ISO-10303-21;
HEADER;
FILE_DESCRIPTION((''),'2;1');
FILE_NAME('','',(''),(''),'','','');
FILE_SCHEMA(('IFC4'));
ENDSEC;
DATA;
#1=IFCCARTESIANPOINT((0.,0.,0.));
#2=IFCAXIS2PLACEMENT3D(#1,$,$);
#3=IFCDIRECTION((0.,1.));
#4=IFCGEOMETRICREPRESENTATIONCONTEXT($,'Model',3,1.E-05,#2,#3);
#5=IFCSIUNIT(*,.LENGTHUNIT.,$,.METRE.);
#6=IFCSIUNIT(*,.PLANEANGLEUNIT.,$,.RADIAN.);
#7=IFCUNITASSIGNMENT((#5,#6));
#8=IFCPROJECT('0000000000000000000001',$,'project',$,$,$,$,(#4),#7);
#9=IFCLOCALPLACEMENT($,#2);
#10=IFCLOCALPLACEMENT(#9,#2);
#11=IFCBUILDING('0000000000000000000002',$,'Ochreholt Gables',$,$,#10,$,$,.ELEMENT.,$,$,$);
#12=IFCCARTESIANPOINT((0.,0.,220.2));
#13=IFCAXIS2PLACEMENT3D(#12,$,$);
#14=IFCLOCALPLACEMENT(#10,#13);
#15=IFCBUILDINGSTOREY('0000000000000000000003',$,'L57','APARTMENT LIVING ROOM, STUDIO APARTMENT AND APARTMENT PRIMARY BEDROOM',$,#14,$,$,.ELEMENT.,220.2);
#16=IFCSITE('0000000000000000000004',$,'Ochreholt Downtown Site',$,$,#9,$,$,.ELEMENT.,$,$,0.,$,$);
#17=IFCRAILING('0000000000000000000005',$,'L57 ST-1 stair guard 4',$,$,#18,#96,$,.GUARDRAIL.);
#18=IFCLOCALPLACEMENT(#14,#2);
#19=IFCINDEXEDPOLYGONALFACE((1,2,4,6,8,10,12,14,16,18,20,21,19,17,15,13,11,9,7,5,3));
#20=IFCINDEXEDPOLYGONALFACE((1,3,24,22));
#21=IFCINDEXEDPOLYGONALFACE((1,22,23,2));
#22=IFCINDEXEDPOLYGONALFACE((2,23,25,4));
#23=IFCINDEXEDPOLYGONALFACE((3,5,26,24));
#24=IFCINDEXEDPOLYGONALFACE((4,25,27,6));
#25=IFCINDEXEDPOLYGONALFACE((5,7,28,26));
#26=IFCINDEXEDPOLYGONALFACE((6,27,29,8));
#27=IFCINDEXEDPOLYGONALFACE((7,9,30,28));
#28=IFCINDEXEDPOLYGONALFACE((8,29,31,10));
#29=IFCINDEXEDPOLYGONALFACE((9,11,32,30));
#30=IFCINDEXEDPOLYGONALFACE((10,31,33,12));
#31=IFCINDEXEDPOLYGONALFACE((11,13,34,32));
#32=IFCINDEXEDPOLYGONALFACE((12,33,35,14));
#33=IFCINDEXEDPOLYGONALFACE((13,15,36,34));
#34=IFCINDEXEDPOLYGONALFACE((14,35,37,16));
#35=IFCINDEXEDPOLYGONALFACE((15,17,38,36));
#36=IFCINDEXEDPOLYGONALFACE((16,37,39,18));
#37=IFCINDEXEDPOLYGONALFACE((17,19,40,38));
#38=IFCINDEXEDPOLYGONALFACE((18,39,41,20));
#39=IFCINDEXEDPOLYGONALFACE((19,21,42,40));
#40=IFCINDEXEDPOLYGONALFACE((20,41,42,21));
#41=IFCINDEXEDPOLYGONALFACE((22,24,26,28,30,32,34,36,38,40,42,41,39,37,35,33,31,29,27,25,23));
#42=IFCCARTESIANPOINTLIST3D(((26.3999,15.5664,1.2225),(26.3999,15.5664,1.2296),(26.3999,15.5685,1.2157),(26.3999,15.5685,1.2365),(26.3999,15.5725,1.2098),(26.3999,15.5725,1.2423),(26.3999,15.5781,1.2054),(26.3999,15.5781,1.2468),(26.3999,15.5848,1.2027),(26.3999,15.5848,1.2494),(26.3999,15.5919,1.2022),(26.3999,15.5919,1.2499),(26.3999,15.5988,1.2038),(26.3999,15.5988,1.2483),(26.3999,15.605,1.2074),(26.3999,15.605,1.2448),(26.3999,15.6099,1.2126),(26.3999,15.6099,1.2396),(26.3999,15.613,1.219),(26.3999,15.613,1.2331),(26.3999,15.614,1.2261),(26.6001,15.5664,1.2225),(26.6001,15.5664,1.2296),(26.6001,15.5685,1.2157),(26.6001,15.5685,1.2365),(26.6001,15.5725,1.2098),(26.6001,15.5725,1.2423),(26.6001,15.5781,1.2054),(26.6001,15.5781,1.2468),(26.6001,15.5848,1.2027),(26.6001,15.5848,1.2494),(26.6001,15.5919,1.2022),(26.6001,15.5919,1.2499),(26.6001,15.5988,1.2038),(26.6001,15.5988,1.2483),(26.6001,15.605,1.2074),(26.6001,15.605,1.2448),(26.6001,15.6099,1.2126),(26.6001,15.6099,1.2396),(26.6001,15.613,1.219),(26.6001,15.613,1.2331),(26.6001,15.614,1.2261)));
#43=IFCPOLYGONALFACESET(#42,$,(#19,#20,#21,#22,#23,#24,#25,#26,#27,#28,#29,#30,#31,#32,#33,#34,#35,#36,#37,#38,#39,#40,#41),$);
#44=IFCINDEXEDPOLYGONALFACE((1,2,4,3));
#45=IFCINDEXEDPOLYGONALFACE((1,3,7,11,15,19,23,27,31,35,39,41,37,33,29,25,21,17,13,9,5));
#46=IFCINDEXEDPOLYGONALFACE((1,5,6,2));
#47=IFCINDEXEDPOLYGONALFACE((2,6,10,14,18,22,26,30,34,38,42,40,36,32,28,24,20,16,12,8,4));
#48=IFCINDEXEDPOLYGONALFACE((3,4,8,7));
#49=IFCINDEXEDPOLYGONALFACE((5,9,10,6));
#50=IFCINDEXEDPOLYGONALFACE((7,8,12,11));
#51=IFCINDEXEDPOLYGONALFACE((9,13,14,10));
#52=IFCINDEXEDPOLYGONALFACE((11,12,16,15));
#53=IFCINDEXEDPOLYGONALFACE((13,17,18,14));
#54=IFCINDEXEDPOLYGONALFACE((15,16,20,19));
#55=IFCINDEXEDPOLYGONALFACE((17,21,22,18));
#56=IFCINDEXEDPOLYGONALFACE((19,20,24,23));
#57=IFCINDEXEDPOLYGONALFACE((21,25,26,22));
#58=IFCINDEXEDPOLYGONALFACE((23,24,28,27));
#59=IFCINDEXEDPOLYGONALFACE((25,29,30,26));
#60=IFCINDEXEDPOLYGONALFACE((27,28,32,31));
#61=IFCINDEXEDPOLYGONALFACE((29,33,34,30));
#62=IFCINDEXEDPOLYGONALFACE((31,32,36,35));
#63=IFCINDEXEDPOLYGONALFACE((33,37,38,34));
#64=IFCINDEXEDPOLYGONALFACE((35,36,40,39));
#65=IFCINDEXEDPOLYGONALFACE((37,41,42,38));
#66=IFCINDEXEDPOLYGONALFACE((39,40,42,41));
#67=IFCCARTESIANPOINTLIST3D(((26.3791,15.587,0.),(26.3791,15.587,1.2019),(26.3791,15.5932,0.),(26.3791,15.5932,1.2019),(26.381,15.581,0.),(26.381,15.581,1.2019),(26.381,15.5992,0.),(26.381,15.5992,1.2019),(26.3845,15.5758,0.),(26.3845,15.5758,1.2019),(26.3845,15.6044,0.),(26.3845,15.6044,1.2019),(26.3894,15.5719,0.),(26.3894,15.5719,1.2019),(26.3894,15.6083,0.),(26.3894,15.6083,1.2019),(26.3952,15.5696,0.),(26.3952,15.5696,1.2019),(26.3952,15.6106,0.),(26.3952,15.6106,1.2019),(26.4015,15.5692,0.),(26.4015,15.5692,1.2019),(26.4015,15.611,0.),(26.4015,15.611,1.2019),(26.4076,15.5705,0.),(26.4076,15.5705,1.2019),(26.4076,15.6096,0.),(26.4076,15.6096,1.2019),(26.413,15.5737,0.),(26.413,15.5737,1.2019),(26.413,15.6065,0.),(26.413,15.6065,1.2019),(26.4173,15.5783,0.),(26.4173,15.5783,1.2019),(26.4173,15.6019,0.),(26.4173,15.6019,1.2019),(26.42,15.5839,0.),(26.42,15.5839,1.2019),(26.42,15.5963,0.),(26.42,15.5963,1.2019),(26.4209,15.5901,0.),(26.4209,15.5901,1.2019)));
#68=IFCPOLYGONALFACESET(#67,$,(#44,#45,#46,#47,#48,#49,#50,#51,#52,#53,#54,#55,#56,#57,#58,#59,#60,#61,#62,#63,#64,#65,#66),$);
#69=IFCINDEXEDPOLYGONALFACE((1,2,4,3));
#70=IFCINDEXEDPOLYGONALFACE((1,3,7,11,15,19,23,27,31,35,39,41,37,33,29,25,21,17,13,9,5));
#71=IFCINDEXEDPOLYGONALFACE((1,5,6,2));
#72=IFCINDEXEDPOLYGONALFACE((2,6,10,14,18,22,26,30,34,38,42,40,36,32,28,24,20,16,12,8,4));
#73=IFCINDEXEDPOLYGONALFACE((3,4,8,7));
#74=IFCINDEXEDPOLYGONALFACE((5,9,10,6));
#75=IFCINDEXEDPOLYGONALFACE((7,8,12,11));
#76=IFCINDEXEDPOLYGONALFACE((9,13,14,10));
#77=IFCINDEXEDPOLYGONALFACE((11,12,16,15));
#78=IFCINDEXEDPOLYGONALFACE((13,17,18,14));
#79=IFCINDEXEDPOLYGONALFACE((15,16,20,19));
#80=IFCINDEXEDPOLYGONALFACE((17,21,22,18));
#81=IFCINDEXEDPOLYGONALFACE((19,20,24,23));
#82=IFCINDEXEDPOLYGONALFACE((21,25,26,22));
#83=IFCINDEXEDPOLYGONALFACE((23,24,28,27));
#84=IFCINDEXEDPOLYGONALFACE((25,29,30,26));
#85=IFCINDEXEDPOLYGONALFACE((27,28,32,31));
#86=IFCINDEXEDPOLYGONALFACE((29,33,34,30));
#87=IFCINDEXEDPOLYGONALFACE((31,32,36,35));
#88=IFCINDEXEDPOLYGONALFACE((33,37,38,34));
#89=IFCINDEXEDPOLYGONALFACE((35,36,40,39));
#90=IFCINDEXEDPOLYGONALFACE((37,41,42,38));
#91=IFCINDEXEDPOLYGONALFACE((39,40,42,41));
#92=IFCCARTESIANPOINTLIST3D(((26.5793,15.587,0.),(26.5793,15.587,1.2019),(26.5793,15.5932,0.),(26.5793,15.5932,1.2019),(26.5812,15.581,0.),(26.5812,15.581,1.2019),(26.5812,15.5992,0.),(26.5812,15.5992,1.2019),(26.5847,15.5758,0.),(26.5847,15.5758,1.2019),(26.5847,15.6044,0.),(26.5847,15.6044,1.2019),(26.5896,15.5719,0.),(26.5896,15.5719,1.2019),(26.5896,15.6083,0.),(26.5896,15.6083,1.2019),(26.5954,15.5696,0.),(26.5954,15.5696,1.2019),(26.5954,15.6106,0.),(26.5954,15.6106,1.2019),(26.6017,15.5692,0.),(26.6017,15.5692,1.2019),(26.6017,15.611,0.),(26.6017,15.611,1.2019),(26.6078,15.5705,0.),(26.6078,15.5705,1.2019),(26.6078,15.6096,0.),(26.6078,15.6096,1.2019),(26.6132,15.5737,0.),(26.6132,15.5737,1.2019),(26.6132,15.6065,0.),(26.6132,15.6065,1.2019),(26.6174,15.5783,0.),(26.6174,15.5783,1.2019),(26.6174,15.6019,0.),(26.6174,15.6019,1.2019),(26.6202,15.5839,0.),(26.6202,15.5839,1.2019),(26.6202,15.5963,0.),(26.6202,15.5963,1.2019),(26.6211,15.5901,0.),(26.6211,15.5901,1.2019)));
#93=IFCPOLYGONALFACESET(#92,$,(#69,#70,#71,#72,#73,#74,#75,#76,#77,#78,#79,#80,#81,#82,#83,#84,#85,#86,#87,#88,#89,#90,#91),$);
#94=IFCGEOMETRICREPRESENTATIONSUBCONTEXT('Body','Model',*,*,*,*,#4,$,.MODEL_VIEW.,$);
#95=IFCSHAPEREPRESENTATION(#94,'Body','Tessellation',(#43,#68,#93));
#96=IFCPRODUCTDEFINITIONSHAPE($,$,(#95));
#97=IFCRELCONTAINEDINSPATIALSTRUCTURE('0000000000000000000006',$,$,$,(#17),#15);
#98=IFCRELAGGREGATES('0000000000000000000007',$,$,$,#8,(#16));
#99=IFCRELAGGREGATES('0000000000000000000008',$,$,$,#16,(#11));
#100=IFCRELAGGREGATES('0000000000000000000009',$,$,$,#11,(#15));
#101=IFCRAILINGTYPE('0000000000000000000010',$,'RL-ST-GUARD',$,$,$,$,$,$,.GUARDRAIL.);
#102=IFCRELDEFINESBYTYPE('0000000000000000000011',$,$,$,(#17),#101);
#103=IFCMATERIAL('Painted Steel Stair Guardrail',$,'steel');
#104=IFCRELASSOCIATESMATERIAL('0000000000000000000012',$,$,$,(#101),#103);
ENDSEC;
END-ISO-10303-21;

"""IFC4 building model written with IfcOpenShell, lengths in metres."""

from ifc_helpers import new_model, si_unit, direction, frame, origin, origin_2d, place, context, subcontext, project, spatial, circle, extrude, material, type_object, element, save


model = new_model("IFC4")

# Units and contexts
model_context = context("Model", 3, precision=1e-05, world=origin(), true_north=direction((0.0, 1.0)))
body_context = subcontext(model_context, "Body", "Model", "MODEL_VIEW")
ifc_project = project(units=[si_unit("LENGTHUNIT", "METRE"), si_unit("PLANEANGLEUNIT", "RADIAN")], contexts=[model_context])

# Site, building, storey
site_placement = place(None, origin())
site = spatial("IfcSite", under=ifc_project, at=site_placement, Name="Ochreholt Downtown Site", CompositionType="ELEMENT", RefElevation=0.0)
building_placement = place(site_placement, origin())
building = spatial("IfcBuilding", under=site, at=building_placement, Name="Ochreholt Gables", CompositionType="ELEMENT")
storey_placement = place(building_placement, frame((0.0, 0.0, 220.2)))
storey = spatial("IfcBuildingStorey", under=building, at=storey_placement, Name="L57", Description="APARTMENT LIVING ROOM, STUDIO APARTMENT AND APARTMENT PRIMARY BEDROOM", CompositionType="ELEMENT", Elevation=220.2)

# Railing
ifc_material_1 = material(Name="Painted Steel Stair Guardrail", Category="steel")
railing_type_1 = type_object("IfcRailingType", Name="RL-ST-GUARD", PredefinedType="GUARDRAIL", material=ifc_material_1)
railing_1_placement = place(storey_placement, frame((26.3999, 15.5901, 0.0)))
element("IfcRailing", 1, at=railing_1_placement, inside=storey, type_object=railing_type_1, Name="L57 ST-1 stair guard 4", PredefinedType="GUARDRAIL", context=body_context, shape_type="SweptSolid", body=[
    extrude(circle(Radius=0.0239, at=origin_2d()), frame((0.0, 0.0, 1.2261), z_axis=(1.0, 0.0, 0.0), x_axis=(0.0, 1.0, 0.0)), (0.0, 0.0, 1.0), 0.2002),
    extrude(circle(Radius=0.021, at=origin_2d()), origin(), (0.0, 0.0, 1.0), 1.2019),
    extrude(circle(Radius=0.021, at=origin_2d()), frame((0.2002, 0.0, 0.0)), (0.0, 0.0, 1.0), 1.2019),
])

save(model, "model.ifc")
